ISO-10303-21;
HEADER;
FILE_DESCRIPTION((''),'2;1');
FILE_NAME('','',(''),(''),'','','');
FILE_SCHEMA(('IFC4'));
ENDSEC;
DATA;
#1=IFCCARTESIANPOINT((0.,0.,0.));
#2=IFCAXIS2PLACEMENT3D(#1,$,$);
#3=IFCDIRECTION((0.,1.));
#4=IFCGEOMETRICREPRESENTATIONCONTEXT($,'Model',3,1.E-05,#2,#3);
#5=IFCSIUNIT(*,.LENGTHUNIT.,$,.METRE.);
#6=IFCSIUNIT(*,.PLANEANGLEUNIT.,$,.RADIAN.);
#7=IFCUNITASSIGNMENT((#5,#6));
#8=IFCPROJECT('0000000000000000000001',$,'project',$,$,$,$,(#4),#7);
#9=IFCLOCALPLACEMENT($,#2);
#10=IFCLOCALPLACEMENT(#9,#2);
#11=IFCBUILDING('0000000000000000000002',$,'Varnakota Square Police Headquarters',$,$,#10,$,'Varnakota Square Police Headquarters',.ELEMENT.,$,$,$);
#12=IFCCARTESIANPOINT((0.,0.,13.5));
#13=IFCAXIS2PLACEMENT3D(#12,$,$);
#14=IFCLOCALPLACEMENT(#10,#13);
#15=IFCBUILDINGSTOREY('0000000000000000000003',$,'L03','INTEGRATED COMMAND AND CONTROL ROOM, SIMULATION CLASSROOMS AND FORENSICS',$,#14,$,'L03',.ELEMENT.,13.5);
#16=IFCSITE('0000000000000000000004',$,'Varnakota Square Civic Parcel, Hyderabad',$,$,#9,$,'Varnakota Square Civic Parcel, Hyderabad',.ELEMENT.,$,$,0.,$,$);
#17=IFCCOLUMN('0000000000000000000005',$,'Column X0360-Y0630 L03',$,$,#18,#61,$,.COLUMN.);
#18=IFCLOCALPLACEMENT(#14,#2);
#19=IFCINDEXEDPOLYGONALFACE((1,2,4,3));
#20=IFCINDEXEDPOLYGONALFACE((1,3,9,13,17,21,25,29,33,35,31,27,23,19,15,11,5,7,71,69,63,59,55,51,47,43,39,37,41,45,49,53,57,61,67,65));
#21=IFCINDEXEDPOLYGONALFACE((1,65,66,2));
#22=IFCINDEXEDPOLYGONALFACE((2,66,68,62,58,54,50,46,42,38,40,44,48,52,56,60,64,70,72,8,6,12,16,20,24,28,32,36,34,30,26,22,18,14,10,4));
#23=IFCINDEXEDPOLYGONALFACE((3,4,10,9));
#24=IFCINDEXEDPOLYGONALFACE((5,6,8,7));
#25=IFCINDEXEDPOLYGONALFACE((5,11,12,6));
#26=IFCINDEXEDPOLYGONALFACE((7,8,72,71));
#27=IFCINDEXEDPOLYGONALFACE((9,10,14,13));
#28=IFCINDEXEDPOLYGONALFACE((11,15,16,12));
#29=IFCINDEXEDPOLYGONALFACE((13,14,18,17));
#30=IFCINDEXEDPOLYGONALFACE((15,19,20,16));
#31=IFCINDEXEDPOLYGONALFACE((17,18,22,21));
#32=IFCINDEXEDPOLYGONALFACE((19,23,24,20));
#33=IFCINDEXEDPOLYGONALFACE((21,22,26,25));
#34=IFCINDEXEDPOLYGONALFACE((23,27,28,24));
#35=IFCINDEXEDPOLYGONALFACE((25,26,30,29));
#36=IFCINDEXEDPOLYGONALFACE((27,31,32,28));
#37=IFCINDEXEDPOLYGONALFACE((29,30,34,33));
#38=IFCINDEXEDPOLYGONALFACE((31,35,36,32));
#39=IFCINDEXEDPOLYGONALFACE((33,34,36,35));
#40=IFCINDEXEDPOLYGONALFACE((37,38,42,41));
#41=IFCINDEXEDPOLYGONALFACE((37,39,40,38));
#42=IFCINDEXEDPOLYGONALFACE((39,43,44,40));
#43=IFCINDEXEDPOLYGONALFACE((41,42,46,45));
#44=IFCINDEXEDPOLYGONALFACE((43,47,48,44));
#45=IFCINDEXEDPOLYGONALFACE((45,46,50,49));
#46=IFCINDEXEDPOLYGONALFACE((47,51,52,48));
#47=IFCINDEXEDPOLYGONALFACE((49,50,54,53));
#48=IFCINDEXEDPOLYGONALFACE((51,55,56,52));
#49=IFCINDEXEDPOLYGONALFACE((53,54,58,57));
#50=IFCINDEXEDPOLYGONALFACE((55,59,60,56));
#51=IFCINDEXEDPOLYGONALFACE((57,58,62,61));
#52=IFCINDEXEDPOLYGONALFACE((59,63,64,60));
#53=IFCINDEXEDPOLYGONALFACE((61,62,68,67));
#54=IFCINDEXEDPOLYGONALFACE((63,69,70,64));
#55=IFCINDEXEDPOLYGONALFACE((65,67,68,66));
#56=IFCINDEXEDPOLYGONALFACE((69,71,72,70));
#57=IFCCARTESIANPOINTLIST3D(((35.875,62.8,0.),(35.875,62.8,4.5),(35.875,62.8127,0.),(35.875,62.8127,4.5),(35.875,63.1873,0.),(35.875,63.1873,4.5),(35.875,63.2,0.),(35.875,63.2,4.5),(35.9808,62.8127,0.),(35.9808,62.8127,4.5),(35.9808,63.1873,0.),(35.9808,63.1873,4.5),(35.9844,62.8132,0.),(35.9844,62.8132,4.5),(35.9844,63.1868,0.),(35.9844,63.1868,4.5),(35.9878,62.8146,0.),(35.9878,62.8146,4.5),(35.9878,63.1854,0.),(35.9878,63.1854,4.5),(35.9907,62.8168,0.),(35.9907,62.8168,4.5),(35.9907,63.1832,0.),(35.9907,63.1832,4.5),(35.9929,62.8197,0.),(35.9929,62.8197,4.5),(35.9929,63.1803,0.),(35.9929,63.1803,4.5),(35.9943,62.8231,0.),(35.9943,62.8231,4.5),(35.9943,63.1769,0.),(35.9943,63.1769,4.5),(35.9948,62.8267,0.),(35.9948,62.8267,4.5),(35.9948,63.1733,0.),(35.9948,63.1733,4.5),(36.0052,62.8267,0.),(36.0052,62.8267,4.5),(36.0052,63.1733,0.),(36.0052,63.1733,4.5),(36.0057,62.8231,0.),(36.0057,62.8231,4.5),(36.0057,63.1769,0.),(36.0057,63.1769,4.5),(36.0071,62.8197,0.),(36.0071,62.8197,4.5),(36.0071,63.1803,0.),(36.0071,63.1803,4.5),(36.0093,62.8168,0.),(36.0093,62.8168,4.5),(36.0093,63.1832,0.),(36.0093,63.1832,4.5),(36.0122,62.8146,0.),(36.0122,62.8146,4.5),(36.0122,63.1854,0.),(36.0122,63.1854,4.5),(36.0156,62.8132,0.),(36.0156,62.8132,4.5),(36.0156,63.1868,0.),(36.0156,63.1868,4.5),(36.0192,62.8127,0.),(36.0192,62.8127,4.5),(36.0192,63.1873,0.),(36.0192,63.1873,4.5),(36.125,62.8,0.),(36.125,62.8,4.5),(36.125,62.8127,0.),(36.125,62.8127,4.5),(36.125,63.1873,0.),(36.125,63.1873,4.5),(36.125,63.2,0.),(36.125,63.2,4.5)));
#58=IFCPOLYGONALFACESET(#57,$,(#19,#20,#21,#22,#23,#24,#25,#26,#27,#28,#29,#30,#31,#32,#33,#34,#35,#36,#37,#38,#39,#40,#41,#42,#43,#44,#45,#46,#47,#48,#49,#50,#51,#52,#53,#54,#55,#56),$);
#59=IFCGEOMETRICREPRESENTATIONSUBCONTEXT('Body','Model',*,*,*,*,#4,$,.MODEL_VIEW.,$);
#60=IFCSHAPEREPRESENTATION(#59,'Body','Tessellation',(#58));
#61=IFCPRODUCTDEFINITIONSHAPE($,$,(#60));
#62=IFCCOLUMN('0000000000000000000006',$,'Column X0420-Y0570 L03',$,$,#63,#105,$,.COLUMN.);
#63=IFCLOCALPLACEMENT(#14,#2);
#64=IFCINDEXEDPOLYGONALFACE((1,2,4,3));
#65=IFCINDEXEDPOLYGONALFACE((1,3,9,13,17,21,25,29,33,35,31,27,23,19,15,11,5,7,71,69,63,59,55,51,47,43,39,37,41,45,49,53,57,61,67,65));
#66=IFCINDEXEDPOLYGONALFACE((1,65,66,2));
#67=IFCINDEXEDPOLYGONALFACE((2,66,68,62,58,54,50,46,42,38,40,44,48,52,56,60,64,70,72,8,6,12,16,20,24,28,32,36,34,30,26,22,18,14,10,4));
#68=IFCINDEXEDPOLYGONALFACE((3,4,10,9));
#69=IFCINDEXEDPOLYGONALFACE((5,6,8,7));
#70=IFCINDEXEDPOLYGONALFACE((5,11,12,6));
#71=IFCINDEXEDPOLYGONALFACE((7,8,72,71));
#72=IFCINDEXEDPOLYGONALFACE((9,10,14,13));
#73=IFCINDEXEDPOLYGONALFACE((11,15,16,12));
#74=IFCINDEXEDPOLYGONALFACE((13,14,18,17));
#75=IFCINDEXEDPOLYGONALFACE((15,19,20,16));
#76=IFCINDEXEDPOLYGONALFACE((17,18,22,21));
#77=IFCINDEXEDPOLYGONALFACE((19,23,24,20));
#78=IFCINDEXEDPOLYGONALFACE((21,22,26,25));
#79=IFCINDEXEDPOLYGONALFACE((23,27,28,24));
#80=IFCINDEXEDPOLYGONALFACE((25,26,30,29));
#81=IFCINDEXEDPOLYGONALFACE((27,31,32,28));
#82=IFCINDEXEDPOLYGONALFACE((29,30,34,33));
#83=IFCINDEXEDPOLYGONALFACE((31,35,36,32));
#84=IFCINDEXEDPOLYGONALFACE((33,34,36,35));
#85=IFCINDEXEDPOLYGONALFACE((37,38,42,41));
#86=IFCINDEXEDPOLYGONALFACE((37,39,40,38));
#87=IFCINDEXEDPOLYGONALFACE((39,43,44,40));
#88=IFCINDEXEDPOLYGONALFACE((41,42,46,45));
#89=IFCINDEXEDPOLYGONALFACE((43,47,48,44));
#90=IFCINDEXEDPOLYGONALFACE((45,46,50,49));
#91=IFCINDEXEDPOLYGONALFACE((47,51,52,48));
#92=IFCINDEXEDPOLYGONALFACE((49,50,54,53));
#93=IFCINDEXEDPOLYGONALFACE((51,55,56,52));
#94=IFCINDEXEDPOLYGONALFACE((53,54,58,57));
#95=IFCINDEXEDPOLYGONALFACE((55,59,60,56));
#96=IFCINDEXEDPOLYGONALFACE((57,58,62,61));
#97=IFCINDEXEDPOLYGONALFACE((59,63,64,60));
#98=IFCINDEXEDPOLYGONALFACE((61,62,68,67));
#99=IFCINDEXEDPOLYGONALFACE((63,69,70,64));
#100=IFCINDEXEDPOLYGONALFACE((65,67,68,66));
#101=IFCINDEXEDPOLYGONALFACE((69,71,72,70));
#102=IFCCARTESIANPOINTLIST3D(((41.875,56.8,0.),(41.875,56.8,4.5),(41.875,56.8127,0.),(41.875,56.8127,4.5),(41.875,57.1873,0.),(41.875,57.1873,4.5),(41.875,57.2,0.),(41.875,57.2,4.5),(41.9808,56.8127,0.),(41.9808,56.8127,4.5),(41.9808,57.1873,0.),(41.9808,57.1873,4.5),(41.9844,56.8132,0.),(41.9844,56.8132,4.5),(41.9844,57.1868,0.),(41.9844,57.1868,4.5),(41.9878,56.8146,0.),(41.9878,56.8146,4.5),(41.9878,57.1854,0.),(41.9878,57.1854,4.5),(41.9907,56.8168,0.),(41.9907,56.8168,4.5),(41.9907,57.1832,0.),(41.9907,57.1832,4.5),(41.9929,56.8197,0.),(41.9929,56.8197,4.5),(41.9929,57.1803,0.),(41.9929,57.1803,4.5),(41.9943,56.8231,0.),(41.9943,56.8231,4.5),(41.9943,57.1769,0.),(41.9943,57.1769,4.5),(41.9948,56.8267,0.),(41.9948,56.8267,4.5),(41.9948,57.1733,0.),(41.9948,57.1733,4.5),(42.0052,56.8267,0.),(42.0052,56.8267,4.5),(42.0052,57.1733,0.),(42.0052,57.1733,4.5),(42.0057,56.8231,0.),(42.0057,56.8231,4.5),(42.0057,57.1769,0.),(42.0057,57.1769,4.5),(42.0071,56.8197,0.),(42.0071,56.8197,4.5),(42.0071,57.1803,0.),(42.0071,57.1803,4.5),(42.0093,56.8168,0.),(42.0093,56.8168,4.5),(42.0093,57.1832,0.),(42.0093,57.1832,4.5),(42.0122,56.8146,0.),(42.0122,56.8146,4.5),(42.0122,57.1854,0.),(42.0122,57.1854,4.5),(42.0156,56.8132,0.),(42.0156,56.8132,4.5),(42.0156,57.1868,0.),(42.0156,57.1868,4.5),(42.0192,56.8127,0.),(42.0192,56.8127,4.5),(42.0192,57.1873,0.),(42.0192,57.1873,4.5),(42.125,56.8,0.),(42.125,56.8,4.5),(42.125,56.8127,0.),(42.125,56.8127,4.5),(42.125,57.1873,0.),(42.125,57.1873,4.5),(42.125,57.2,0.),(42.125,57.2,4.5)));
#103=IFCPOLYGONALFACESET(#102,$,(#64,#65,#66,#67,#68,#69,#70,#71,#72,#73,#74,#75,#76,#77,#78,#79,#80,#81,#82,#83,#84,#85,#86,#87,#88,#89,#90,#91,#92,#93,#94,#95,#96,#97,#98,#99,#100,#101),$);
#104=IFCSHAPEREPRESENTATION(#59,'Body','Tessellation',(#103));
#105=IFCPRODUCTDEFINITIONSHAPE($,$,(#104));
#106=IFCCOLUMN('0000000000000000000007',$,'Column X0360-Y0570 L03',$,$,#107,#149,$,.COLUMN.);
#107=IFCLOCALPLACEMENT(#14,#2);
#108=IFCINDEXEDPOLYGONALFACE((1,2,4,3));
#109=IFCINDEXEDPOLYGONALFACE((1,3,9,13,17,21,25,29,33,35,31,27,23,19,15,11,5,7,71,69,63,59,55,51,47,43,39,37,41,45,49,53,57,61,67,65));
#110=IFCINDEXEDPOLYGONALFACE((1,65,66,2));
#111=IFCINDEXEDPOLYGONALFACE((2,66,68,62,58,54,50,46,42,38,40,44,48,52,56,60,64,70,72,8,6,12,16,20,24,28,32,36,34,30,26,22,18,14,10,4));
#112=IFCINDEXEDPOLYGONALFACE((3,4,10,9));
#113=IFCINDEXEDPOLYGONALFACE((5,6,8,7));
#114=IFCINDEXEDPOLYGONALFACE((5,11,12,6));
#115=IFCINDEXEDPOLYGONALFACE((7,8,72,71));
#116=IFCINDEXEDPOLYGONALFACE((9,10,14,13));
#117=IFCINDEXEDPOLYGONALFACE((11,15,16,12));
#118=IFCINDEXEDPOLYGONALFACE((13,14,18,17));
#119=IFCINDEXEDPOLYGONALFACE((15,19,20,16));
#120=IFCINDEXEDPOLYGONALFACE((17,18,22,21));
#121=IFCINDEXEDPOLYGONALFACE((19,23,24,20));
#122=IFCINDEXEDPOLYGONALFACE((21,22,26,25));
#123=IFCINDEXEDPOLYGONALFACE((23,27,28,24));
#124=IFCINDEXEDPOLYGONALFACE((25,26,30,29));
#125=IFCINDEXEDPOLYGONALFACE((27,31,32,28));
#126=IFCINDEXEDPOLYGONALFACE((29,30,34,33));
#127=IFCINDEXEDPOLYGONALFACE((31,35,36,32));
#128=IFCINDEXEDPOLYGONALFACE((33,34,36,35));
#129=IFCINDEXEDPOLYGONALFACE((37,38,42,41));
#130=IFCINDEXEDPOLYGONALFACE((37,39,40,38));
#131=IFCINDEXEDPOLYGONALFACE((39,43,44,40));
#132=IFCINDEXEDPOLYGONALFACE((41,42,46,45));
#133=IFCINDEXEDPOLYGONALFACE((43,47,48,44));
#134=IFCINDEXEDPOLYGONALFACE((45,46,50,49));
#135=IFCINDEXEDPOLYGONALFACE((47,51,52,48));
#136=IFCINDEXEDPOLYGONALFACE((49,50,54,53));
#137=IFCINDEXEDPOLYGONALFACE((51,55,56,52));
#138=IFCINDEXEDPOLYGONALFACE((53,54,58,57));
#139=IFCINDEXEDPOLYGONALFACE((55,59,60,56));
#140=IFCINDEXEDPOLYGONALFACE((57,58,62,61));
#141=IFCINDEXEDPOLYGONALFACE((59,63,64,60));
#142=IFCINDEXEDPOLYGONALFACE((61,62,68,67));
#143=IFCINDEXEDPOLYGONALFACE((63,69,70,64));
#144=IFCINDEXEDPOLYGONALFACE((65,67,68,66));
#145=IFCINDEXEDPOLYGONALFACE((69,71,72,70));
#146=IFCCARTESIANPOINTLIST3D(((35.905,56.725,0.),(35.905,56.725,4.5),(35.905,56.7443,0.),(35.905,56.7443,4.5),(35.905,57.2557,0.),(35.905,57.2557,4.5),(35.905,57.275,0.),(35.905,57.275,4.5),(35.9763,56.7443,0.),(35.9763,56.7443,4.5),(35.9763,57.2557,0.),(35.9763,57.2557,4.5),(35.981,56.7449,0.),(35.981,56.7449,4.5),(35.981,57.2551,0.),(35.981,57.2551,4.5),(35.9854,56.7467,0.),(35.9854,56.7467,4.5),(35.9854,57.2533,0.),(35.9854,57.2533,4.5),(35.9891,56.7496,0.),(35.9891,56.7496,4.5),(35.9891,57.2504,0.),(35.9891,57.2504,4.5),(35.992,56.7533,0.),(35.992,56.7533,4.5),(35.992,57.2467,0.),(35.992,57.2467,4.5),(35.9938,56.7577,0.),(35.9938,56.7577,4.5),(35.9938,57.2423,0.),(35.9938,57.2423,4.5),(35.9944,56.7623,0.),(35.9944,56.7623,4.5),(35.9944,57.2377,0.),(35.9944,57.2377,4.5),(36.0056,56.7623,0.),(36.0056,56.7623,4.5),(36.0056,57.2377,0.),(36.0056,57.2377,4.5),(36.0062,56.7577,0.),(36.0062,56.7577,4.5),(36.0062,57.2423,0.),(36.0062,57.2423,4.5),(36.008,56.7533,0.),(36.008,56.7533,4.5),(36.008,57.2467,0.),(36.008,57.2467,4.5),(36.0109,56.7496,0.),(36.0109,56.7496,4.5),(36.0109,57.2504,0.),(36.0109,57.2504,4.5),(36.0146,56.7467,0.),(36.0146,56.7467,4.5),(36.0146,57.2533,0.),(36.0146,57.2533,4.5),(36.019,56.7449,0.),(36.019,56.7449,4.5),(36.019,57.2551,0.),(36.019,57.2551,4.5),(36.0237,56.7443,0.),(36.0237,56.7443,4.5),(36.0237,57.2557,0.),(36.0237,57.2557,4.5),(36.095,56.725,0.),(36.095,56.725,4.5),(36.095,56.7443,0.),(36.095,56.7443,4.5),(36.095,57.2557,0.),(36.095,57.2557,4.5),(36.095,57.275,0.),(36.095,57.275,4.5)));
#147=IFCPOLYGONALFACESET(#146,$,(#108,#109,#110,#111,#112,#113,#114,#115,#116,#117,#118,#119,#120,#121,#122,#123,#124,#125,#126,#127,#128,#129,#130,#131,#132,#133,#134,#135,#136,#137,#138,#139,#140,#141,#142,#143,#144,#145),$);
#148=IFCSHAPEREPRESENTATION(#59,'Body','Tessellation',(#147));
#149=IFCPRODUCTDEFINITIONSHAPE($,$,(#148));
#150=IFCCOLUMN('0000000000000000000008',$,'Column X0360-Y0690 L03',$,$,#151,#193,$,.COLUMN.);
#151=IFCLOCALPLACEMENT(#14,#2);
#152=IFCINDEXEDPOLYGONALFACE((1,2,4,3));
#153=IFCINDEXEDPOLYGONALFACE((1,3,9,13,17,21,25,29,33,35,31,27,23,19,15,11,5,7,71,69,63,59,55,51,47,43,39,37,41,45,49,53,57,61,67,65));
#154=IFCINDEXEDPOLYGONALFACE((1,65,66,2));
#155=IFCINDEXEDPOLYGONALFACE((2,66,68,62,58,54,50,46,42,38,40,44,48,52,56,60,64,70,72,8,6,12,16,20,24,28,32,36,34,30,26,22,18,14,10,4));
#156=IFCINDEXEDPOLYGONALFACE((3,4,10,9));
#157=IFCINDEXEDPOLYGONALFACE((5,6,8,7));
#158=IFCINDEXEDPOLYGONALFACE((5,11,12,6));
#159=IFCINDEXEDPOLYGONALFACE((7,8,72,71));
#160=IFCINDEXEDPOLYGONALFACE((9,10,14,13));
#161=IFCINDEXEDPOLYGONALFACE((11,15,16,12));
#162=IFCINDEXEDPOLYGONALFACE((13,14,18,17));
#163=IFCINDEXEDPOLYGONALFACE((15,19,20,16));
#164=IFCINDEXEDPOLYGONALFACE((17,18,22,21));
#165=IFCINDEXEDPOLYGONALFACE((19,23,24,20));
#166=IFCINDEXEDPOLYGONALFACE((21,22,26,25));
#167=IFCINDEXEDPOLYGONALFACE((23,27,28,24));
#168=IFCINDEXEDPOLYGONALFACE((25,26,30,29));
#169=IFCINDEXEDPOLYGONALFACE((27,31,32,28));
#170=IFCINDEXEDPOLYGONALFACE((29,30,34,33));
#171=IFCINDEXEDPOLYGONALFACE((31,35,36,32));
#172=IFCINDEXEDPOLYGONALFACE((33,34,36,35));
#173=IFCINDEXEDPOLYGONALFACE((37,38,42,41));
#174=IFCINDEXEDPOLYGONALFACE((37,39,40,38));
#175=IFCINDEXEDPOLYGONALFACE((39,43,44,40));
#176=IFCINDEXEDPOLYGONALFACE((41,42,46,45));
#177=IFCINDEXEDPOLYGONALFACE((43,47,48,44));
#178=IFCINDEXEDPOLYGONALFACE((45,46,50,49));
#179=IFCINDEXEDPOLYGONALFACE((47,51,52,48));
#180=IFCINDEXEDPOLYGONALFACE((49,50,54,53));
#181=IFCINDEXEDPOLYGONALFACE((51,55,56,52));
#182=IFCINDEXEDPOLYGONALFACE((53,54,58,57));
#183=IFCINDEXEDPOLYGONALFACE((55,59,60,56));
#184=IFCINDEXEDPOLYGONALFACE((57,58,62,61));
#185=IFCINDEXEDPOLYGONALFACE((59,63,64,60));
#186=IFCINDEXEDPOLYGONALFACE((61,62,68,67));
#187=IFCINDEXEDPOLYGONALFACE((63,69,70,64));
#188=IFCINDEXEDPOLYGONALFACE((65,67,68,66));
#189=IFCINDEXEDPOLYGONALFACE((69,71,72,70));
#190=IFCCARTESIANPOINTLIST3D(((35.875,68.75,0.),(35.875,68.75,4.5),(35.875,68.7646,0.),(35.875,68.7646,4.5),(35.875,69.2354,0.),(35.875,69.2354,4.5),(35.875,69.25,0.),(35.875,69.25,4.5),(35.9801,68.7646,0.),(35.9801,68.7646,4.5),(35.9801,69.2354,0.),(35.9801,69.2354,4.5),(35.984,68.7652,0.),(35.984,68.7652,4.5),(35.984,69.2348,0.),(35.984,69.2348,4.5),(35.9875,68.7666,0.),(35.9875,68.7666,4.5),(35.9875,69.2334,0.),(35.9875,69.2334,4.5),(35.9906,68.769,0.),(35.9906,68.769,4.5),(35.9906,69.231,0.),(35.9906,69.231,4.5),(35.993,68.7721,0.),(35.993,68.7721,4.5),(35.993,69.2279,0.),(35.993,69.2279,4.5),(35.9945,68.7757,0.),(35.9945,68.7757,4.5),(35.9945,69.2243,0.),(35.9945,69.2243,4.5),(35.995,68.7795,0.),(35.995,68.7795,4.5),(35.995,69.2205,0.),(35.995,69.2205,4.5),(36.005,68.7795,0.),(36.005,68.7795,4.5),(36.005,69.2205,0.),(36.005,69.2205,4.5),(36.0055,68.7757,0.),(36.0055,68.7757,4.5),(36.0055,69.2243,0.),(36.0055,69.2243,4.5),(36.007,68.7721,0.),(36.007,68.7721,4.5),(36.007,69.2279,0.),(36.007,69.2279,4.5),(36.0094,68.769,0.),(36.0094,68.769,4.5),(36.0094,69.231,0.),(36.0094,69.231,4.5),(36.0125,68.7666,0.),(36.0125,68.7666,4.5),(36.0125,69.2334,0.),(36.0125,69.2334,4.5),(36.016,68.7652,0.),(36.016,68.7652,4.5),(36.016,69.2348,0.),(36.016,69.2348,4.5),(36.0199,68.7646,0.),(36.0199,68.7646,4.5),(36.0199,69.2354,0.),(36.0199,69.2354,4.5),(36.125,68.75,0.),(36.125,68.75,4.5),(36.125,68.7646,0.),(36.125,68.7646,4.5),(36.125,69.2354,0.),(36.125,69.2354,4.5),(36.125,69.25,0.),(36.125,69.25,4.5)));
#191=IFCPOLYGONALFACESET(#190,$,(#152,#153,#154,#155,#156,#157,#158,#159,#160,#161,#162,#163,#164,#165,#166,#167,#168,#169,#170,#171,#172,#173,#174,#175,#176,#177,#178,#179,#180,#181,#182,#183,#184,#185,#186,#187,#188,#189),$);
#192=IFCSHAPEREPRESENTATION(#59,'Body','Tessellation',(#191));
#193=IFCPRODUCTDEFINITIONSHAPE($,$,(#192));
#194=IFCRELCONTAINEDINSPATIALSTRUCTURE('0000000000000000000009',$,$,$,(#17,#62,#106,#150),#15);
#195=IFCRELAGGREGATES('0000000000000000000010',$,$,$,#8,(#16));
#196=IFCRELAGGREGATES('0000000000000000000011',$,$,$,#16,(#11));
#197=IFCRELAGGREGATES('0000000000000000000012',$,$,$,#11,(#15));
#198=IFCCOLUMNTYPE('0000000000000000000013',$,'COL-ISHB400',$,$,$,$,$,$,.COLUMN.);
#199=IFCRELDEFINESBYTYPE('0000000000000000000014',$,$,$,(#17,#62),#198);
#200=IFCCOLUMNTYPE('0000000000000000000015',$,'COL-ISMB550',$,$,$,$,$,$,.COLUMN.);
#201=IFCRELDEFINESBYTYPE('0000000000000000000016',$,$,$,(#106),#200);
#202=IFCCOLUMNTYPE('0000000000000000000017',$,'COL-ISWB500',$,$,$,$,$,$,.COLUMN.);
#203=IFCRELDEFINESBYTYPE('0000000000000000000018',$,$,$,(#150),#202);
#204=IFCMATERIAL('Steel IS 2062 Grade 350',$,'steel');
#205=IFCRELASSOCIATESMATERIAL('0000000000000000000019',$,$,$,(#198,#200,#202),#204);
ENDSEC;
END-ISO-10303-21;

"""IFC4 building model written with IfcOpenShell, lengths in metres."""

from ifc_helpers import new_model, si_unit, direction, frame, origin, origin_2d, place, context, subcontext, project, spatial, i_section, extrude, material, material_profile, profile_set, type_object, element, save


model = new_model("IFC4")

# Units and contexts
model_context = context("Model", 3, precision=1e-05, world=origin(), true_north=direction((0.0, 1.0)))
body_context = subcontext(model_context, "Body", "Model", "MODEL_VIEW")
ifc_project = project(units=[si_unit("LENGTHUNIT", "METRE"), si_unit("PLANEANGLEUNIT", "RADIAN")], contexts=[model_context])

# Site, building, storey
site_placement = place(None, origin())
site = spatial("IfcSite", under=ifc_project, at=site_placement, Name="Varnakota Square Civic Parcel, Hyderabad", LongName="Varnakota Square Civic Parcel, Hyderabad", CompositionType="ELEMENT", RefElevation=0.0)
building_placement = place(site_placement, origin())
building = spatial("IfcBuilding", under=site, at=building_placement, Name="Varnakota Square Police Headquarters", LongName="Varnakota Square Police Headquarters", CompositionType="ELEMENT")
storey_placement = place(building_placement, frame((0.0, 0.0, 13.5)))
storey = spatial("IfcBuildingStorey", under=building, at=storey_placement, Name="L03", Description="INTEGRATED COMMAND AND CONTROL ROOM, SIMULATION CLASSROOMS AND FORENSICS", LongName="L03", CompositionType="ELEMENT", Elevation=13.5)

# Columns
ifc_material_1 = material(Name="Steel IS 2062 Grade 350", Category="steel")
ifc_material_profile_1 = material_profile(ifc_material_1, i_section(OverallWidth=0.25, OverallDepth=0.3999, WebThickness=0.0105, FlangeThickness=0.0127, FilletRadius=0.0139, at=origin_2d()), Name="ISHB 400")
ifc_profile_set_1 = profile_set([ifc_material_profile_1], Name="Steel IS 2062 Grade 350")
column_type_1 = type_object("IfcColumnType", Name="COL-ISHB400", PredefinedType="COLUMN", material=ifc_profile_set_1)
for number, where, z_axis, x_axis, name in (
    (1, (36.0, 63.0, 0.0), (0.0, 0.0, 1.0), (1.0, 0.0, 0.0), "Column X0360-Y0630 L03"),
    (2, (42.0, 57.0, 0.0), (0.0, 0.0, 1.0), (1.0, 0.0, 0.0), "Column X0420-Y0570 L03"),
):
    element("IfcColumn", number, at=place(storey_placement, frame(where, z_axis=z_axis, x_axis=x_axis)), inside=storey, type_object=column_type_1, Name=name, PredefinedType="COLUMN", context=body_context, shape_type="SweptSolid", body=[
        extrude(i_section(OverallWidth=0.25, OverallDepth=0.3999, WebThickness=0.0105, FlangeThickness=0.0127, FilletRadius=0.0139, at=origin_2d()), origin(), (0.0, 0.0, 1.0), 4.5),
    ])
ifc_material_profile_2 = material_profile(ifc_material_1, i_section(OverallWidth=0.1899, OverallDepth=0.55, WebThickness=0.0112, FlangeThickness=0.0193, FilletRadius=0.0181, at=origin_2d()), Name="ISMB 550")
ifc_profile_set_2 = profile_set([ifc_material_profile_2], Name="Steel IS 2062 Grade 350")
column_type_2 = type_object("IfcColumnType", Name="COL-ISMB550", PredefinedType="COLUMN", material=ifc_profile_set_2)
column_1_placement = place(storey_placement, frame((36.0, 57.0, 0.0), z_axis=(0.0, 0.0, 1.0), x_axis=(1.0, 0.0, 0.0)))
element("IfcColumn", 3, at=column_1_placement, inside=storey, type_object=column_type_2, Name="Column X0360-Y0570 L03", PredefinedType="COLUMN", context=body_context, shape_type="SweptSolid", body=[
    extrude(i_section(OverallWidth=0.1899, OverallDepth=0.55, WebThickness=0.0112, FlangeThickness=0.0193, FilletRadius=0.0181, at=origin_2d()), origin(), (0.0, 0.0, 1.0), 4.5),
])
ifc_material_profile_3 = material_profile(ifc_material_1, i_section(OverallWidth=0.25, OverallDepth=0.5, WebThickness=0.01, FlangeThickness=0.0146, FilletRadius=0.0149, at=origin_2d()), Name="ISWB 500")
ifc_profile_set_3 = profile_set([ifc_material_profile_3], Name="Steel IS 2062 Grade 350")
column_type_3 = type_object("IfcColumnType", Name="COL-ISWB500", PredefinedType="COLUMN", material=ifc_profile_set_3)
column_2_placement = place(storey_placement, frame((36.0, 69.0, 0.0), z_axis=(0.0, 0.0, 1.0), x_axis=(1.0, 0.0, 0.0)))
element("IfcColumn", 4, at=column_2_placement, inside=storey, type_object=column_type_3, Name="Column X0360-Y0690 L03", PredefinedType="COLUMN", context=body_context, shape_type="SweptSolid", body=[
    extrude(i_section(OverallWidth=0.25, OverallDepth=0.5, WebThickness=0.01, FlangeThickness=0.0146, FilletRadius=0.0149, at=origin_2d()), origin(), (0.0, 0.0, 1.0), 4.5),
])

save(model, "model.ifc")
